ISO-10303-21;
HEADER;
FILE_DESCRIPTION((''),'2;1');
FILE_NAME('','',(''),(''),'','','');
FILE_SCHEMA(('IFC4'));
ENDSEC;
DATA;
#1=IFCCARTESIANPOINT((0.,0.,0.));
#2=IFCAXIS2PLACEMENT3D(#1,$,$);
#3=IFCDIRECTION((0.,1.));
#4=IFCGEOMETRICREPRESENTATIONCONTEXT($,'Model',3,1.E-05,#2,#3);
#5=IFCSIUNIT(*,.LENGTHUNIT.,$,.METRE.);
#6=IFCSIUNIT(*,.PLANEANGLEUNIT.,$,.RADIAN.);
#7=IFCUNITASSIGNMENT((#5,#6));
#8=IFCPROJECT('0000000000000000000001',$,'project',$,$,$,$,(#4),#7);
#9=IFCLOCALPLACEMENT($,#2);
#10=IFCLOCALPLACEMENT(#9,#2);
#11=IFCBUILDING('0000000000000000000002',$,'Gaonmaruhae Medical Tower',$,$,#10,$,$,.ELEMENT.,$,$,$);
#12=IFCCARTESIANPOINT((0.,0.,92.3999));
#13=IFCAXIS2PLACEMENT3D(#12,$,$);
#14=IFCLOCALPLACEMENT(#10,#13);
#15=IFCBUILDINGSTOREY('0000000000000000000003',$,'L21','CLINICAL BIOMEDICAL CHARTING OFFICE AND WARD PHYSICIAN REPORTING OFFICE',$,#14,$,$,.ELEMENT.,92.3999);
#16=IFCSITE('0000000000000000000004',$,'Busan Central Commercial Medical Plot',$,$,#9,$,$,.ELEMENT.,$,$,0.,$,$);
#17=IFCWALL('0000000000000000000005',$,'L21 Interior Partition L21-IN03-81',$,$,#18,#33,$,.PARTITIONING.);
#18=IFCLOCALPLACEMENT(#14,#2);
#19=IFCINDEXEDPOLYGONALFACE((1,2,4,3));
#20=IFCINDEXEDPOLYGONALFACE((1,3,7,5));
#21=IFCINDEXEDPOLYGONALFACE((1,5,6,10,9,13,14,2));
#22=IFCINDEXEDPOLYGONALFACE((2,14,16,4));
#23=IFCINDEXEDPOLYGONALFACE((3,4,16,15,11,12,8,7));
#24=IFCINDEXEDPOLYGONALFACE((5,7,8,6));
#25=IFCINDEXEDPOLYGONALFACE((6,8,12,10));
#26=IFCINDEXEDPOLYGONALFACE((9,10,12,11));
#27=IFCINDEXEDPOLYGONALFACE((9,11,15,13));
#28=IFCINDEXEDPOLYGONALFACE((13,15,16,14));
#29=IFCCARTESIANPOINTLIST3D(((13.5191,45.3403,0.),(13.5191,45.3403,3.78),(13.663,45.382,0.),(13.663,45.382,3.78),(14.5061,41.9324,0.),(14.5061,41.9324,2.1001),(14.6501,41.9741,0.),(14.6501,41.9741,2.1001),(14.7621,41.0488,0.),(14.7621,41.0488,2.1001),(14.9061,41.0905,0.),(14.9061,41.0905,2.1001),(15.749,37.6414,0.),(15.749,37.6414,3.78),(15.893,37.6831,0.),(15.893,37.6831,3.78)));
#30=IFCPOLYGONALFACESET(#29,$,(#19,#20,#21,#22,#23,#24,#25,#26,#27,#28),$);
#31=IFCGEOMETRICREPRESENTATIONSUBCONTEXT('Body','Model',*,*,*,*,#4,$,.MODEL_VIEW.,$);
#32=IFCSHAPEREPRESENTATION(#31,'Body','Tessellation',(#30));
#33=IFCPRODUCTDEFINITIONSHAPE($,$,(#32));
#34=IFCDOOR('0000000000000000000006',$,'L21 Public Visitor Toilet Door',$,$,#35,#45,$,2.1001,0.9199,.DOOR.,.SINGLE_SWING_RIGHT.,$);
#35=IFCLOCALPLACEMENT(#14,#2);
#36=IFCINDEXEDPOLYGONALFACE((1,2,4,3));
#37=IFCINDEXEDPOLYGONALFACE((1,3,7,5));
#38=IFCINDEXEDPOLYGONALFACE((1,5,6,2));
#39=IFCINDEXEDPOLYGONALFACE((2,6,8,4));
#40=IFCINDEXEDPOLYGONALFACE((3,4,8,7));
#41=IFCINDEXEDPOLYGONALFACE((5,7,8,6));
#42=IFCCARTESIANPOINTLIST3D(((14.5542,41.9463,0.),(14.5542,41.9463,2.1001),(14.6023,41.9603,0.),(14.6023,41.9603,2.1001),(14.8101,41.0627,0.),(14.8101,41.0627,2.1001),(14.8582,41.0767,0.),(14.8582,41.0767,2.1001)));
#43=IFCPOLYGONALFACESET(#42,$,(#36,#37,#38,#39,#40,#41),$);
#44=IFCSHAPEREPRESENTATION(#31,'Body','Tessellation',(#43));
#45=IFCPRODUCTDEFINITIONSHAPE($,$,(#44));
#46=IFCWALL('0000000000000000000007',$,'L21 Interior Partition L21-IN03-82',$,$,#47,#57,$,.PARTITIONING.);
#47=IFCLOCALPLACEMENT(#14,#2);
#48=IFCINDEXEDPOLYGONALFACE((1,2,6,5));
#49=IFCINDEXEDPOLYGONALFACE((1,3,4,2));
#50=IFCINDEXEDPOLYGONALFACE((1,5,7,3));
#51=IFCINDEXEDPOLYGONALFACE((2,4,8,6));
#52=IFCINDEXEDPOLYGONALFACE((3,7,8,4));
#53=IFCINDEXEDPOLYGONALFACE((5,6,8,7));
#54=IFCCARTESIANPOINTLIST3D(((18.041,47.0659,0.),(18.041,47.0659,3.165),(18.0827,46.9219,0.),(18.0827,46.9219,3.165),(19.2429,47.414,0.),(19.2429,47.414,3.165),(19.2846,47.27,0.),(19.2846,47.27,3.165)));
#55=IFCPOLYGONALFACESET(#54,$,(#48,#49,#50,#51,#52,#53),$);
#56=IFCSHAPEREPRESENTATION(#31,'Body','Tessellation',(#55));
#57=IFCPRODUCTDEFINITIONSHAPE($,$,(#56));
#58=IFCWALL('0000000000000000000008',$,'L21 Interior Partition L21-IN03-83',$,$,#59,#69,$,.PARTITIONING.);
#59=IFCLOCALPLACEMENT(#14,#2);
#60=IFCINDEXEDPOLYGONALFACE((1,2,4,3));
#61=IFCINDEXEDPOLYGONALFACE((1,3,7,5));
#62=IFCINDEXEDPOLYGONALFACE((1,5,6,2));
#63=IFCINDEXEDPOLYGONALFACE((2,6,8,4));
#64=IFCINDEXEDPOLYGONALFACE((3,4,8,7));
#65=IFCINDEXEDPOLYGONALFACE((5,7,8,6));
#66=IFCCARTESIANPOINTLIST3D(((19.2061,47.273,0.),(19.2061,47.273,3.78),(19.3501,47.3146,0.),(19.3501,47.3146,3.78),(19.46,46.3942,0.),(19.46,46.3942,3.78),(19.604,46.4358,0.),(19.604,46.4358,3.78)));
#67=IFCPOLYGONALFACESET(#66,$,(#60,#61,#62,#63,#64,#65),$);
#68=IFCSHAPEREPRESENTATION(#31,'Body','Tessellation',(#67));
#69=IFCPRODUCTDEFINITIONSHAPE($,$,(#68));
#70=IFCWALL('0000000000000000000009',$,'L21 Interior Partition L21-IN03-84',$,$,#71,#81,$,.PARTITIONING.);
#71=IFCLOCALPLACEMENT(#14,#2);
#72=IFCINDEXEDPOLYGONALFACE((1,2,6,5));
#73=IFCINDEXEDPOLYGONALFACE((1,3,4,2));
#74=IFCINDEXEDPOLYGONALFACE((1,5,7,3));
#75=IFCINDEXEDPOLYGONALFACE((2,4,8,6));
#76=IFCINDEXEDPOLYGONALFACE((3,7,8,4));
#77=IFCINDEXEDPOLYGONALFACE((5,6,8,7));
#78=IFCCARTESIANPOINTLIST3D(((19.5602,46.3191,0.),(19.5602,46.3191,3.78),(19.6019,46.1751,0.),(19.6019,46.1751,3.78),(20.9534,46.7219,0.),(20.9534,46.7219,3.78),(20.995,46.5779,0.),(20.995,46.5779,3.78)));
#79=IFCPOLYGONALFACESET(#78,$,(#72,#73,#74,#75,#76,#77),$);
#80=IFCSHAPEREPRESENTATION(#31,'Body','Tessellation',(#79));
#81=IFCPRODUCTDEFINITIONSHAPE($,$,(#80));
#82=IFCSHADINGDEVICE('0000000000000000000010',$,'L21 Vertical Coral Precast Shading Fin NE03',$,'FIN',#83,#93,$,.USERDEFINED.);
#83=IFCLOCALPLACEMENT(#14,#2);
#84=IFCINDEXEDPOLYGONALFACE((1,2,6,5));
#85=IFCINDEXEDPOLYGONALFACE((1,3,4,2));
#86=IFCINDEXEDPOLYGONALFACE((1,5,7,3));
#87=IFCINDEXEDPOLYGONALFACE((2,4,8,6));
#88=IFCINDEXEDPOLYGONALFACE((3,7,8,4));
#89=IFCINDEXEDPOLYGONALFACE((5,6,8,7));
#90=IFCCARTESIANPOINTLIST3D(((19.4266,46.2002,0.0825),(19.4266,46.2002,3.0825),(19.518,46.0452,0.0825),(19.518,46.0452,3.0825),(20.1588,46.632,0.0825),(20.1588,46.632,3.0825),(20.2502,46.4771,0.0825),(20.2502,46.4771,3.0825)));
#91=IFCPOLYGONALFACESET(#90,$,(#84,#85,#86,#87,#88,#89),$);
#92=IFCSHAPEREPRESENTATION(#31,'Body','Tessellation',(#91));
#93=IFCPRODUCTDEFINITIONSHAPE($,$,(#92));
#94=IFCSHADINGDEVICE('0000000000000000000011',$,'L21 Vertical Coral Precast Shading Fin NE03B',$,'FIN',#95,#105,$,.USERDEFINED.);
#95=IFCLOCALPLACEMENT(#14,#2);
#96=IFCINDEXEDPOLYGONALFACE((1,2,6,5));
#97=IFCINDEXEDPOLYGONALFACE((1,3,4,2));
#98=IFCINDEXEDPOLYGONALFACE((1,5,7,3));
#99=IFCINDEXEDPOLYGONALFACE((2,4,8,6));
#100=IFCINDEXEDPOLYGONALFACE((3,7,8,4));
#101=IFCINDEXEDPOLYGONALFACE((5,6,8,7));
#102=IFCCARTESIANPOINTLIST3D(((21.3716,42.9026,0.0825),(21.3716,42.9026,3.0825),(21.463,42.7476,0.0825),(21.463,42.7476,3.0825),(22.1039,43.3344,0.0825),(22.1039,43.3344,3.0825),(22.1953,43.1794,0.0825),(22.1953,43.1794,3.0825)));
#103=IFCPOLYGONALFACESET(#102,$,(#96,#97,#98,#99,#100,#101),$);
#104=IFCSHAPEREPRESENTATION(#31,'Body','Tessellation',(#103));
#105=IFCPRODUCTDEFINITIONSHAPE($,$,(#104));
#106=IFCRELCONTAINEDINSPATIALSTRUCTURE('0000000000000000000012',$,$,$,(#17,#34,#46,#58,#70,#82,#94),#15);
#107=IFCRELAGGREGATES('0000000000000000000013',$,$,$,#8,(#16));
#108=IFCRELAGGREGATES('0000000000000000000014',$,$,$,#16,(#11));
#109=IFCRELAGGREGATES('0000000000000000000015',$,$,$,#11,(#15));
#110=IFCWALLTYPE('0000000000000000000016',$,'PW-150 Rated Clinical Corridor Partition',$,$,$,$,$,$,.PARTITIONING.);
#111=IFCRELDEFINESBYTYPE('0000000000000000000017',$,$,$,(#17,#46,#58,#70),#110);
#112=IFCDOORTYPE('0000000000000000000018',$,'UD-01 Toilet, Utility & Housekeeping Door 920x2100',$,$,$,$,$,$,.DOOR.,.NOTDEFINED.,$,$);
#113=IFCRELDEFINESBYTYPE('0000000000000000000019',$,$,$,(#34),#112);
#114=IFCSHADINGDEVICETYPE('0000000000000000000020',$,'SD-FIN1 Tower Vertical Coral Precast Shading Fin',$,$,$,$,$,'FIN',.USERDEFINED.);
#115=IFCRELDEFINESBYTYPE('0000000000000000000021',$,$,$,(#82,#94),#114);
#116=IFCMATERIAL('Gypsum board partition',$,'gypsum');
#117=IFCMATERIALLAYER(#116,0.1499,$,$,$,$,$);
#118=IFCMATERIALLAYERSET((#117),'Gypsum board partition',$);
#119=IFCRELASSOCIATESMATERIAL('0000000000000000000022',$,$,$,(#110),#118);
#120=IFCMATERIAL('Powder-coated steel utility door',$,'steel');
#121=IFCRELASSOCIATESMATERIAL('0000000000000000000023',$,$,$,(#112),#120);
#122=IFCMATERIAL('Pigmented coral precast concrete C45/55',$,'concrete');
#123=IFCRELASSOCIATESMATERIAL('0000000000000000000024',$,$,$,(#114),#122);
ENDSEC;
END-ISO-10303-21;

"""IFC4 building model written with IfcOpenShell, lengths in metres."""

from ifc_helpers import new_model, si_unit, direction, frame, frame_2d, origin, origin_2d, place, context, subcontext, project, spatial, rectangle, extrude, material, layer, layer_set, type_object, element, fill, save


model = new_model("IFC4")

# Units and contexts
model_context = context("Model", 3, precision=1e-05, world=origin(), true_north=direction((0.0, 1.0)))
body_context = subcontext(model_context, "Body", "Model", "MODEL_VIEW")
ifc_project = project(units=[si_unit("LENGTHUNIT", "METRE"), si_unit("PLANEANGLEUNIT", "RADIAN")], contexts=[model_context])

# Site, building, storey
site_placement = place(None, origin())
site = spatial("IfcSite", under=ifc_project, at=site_placement, Name="Busan Central Commercial Medical Plot", CompositionType="ELEMENT", RefElevation=0.0)
building_placement = place(site_placement, origin())
building = spatial("IfcBuilding", under=site, at=building_placement, Name="Gaonmaruhae Medical Tower", CompositionType="ELEMENT")
storey_placement = place(building_placement, frame((0.0, 0.0, 92.3999)))
storey = spatial("IfcBuildingStorey", under=building, at=storey_placement, Name="L21", Description="CLINICAL BIOMEDICAL CHARTING OFFICE AND WARD PHYSICIAN REPORTING OFFICE", CompositionType="ELEMENT", Elevation=92.3999)

# Shared definitions
ifc_material_1 = material(Name="Gypsum board partition", Category="gypsum")
ifc_layer_1 = layer(ifc_material_1, 0.1499)
ifc_layer_set_1 = layer_set([ifc_layer_1], Name="Gypsum board partition")
wall_type_1 = type_object("IfcWallType", Name="PW-150 Rated Clinical Corridor Partition", PredefinedType="PARTITIONING", material=ifc_layer_set_1)

# Wall, opening, door
wall_1_placement = place(storey_placement, frame((15.821, 37.6621, 0.0), z_axis=(0.0, 0.0, 1.0), x_axis=(-0.278211, 0.96052, 0.0)))
wall_1 = element("IfcWall", 1, at=wall_1_placement, inside=storey, type_object=wall_type_1, Name="L21 Interior Partition L21-IN03-81", PredefinedType="PARTITIONING", context=body_context, shape_type="SweptSolid", body=[
    extrude(rectangle(XDim=8.0154, YDim=0.1499, at=frame_2d((4.0078, 0.0))), origin(), (0.0, 0.0, 1.0), 3.78),
])
opening_1_placement = place(wall_1_placement, frame((3.5476, 0.0, 0.0)))
opening_1 = element("IfcOpeningElement", 2, at=opening_1_placement, cuts=wall_1, PredefinedType="OPENING", context=body_context, shape_type="SweptSolid", body=[
    extrude(rectangle(XDim=0.9199, YDim=2.1001, at=frame_2d((0.46, 1.05))), frame((0.0, 0.085, 0.0), z_axis=(0.0, -1.0, 0.0), x_axis=(1.0, 0.0, 0.0)), (0.0, 0.0, 1.0), 0.1699),
])
ifc_material_2 = material(Name="Powder-coated steel utility door", Category="steel")
door_type_1 = type_object("IfcDoorType", Name="UD-01 Toilet, Utility & Housekeeping Door 920x2100", OperationType="NOTDEFINED", PredefinedType="DOOR", material=ifc_material_2)
door_1_placement = place(opening_1_placement, origin())
door_1 = element("IfcDoor", 3, at=door_1_placement, inside=storey, type_object=door_type_1, Name="L21 Public Visitor Toilet Door", OperationType="SINGLE_SWING_RIGHT", OverallHeight=2.1001, OverallWidth=0.9199, PredefinedType="DOOR", context=body_context, shape_type="SweptSolid", body=[
    extrude(rectangle(XDim=0.9199, YDim=2.1001, at=frame_2d((0.46, 1.05))), frame((0.0, 0.0249, 0.0), z_axis=(0.0, -1.0, 0.0), x_axis=(1.0, 0.0, 0.0)), (0.0, 0.0, 1.0), 0.05),
])
fill(opening_1, door_1)

# Walls
wall_2_placement = place(storey_placement, frame((18.062, 46.9939, 0.0), z_axis=(0.0, 0.0, 1.0), x_axis=(0.960516, 0.278224, 0.0)))
element("IfcWall", 4, at=wall_2_placement, inside=storey, type_object=wall_type_1, Name="L21 Interior Partition L21-IN03-82", PredefinedType="PARTITIONING", context=body_context, shape_type="SweptSolid", body=[
    extrude(rectangle(XDim=1.2512, YDim=0.1499, at=frame_2d((0.6255, 0.0))), origin(), (0.0, 0.0, 1.0), 3.165),
])
wall_3_placement = place(storey_placement, frame((19.2781, 47.2939, 0.0), z_axis=(0.0, 0.0, 1.0), x_axis=(0.27754, -0.960714, 0.0)))
element("IfcWall", 5, at=wall_3_placement, inside=storey, type_object=wall_type_1, Name="L21 Interior Partition L21-IN03-83", PredefinedType="PARTITIONING", context=body_context, shape_type="SweptSolid", body=[
    extrude(rectangle(XDim=0.9148, YDim=0.1499, at=frame_2d((0.4575, 0.0))), origin(), (0.0, 0.0, 1.0), 3.78),
])
wall_4_placement = place(storey_placement, frame((19.5811, 46.2471, 0.0), z_axis=(0.0, 0.0, 1.0), x_axis=(0.960642, 0.277788, 0.0)))
element("IfcWall", 6, at=wall_4_placement, inside=storey, type_object=wall_type_1, Name="L21 Interior Partition L21-IN03-84", PredefinedType="PARTITIONING", context=body_context, shape_type="SweptSolid", body=[
    extrude(rectangle(XDim=1.4502, YDim=0.1499, at=frame_2d((0.7251, 0.0))), origin(), (0.0, 0.0, 1.0), 3.78),
])

# Shading devices
ifc_material_3 = material(Name="Pigmented coral precast concrete C45/55", Category="concrete")
shading_device_type = type_object("IfcShadingDeviceType", Name="SD-FIN1 Tower Vertical Coral Precast Shading Fin", ElementType="FIN", PredefinedType="USERDEFINED", material=ifc_material_3)
for number, where, z_axis, x_axis, name in (
    (7, (19.8384, 46.3386, 0.0825), (0.0, 0.0, 1.0), (0.508004, -0.861354, 0.0), "L21 Vertical Coral Precast Shading Fin NE03"),
    (8, (21.7834, 43.041, 0.0825), (0.0, 0.0, 1.0), (0.508004, -0.861354, 0.0), "L21 Vertical Coral Precast Shading Fin NE03B"),
):
    element("IfcShadingDevice", number, at=place(storey_placement, frame(where, z_axis=z_axis, x_axis=x_axis)), inside=storey, type_object=shading_device_type, Name=name, ObjectType="FIN", PredefinedType="USERDEFINED", context=body_context, shape_type="SweptSolid", body=[
        extrude(rectangle(XDim=0.1799, YDim=0.8501, at=origin_2d()), origin(), (0.0, 0.0, 1.0), 3.0),
    ])

save(model, "model.ifc")
